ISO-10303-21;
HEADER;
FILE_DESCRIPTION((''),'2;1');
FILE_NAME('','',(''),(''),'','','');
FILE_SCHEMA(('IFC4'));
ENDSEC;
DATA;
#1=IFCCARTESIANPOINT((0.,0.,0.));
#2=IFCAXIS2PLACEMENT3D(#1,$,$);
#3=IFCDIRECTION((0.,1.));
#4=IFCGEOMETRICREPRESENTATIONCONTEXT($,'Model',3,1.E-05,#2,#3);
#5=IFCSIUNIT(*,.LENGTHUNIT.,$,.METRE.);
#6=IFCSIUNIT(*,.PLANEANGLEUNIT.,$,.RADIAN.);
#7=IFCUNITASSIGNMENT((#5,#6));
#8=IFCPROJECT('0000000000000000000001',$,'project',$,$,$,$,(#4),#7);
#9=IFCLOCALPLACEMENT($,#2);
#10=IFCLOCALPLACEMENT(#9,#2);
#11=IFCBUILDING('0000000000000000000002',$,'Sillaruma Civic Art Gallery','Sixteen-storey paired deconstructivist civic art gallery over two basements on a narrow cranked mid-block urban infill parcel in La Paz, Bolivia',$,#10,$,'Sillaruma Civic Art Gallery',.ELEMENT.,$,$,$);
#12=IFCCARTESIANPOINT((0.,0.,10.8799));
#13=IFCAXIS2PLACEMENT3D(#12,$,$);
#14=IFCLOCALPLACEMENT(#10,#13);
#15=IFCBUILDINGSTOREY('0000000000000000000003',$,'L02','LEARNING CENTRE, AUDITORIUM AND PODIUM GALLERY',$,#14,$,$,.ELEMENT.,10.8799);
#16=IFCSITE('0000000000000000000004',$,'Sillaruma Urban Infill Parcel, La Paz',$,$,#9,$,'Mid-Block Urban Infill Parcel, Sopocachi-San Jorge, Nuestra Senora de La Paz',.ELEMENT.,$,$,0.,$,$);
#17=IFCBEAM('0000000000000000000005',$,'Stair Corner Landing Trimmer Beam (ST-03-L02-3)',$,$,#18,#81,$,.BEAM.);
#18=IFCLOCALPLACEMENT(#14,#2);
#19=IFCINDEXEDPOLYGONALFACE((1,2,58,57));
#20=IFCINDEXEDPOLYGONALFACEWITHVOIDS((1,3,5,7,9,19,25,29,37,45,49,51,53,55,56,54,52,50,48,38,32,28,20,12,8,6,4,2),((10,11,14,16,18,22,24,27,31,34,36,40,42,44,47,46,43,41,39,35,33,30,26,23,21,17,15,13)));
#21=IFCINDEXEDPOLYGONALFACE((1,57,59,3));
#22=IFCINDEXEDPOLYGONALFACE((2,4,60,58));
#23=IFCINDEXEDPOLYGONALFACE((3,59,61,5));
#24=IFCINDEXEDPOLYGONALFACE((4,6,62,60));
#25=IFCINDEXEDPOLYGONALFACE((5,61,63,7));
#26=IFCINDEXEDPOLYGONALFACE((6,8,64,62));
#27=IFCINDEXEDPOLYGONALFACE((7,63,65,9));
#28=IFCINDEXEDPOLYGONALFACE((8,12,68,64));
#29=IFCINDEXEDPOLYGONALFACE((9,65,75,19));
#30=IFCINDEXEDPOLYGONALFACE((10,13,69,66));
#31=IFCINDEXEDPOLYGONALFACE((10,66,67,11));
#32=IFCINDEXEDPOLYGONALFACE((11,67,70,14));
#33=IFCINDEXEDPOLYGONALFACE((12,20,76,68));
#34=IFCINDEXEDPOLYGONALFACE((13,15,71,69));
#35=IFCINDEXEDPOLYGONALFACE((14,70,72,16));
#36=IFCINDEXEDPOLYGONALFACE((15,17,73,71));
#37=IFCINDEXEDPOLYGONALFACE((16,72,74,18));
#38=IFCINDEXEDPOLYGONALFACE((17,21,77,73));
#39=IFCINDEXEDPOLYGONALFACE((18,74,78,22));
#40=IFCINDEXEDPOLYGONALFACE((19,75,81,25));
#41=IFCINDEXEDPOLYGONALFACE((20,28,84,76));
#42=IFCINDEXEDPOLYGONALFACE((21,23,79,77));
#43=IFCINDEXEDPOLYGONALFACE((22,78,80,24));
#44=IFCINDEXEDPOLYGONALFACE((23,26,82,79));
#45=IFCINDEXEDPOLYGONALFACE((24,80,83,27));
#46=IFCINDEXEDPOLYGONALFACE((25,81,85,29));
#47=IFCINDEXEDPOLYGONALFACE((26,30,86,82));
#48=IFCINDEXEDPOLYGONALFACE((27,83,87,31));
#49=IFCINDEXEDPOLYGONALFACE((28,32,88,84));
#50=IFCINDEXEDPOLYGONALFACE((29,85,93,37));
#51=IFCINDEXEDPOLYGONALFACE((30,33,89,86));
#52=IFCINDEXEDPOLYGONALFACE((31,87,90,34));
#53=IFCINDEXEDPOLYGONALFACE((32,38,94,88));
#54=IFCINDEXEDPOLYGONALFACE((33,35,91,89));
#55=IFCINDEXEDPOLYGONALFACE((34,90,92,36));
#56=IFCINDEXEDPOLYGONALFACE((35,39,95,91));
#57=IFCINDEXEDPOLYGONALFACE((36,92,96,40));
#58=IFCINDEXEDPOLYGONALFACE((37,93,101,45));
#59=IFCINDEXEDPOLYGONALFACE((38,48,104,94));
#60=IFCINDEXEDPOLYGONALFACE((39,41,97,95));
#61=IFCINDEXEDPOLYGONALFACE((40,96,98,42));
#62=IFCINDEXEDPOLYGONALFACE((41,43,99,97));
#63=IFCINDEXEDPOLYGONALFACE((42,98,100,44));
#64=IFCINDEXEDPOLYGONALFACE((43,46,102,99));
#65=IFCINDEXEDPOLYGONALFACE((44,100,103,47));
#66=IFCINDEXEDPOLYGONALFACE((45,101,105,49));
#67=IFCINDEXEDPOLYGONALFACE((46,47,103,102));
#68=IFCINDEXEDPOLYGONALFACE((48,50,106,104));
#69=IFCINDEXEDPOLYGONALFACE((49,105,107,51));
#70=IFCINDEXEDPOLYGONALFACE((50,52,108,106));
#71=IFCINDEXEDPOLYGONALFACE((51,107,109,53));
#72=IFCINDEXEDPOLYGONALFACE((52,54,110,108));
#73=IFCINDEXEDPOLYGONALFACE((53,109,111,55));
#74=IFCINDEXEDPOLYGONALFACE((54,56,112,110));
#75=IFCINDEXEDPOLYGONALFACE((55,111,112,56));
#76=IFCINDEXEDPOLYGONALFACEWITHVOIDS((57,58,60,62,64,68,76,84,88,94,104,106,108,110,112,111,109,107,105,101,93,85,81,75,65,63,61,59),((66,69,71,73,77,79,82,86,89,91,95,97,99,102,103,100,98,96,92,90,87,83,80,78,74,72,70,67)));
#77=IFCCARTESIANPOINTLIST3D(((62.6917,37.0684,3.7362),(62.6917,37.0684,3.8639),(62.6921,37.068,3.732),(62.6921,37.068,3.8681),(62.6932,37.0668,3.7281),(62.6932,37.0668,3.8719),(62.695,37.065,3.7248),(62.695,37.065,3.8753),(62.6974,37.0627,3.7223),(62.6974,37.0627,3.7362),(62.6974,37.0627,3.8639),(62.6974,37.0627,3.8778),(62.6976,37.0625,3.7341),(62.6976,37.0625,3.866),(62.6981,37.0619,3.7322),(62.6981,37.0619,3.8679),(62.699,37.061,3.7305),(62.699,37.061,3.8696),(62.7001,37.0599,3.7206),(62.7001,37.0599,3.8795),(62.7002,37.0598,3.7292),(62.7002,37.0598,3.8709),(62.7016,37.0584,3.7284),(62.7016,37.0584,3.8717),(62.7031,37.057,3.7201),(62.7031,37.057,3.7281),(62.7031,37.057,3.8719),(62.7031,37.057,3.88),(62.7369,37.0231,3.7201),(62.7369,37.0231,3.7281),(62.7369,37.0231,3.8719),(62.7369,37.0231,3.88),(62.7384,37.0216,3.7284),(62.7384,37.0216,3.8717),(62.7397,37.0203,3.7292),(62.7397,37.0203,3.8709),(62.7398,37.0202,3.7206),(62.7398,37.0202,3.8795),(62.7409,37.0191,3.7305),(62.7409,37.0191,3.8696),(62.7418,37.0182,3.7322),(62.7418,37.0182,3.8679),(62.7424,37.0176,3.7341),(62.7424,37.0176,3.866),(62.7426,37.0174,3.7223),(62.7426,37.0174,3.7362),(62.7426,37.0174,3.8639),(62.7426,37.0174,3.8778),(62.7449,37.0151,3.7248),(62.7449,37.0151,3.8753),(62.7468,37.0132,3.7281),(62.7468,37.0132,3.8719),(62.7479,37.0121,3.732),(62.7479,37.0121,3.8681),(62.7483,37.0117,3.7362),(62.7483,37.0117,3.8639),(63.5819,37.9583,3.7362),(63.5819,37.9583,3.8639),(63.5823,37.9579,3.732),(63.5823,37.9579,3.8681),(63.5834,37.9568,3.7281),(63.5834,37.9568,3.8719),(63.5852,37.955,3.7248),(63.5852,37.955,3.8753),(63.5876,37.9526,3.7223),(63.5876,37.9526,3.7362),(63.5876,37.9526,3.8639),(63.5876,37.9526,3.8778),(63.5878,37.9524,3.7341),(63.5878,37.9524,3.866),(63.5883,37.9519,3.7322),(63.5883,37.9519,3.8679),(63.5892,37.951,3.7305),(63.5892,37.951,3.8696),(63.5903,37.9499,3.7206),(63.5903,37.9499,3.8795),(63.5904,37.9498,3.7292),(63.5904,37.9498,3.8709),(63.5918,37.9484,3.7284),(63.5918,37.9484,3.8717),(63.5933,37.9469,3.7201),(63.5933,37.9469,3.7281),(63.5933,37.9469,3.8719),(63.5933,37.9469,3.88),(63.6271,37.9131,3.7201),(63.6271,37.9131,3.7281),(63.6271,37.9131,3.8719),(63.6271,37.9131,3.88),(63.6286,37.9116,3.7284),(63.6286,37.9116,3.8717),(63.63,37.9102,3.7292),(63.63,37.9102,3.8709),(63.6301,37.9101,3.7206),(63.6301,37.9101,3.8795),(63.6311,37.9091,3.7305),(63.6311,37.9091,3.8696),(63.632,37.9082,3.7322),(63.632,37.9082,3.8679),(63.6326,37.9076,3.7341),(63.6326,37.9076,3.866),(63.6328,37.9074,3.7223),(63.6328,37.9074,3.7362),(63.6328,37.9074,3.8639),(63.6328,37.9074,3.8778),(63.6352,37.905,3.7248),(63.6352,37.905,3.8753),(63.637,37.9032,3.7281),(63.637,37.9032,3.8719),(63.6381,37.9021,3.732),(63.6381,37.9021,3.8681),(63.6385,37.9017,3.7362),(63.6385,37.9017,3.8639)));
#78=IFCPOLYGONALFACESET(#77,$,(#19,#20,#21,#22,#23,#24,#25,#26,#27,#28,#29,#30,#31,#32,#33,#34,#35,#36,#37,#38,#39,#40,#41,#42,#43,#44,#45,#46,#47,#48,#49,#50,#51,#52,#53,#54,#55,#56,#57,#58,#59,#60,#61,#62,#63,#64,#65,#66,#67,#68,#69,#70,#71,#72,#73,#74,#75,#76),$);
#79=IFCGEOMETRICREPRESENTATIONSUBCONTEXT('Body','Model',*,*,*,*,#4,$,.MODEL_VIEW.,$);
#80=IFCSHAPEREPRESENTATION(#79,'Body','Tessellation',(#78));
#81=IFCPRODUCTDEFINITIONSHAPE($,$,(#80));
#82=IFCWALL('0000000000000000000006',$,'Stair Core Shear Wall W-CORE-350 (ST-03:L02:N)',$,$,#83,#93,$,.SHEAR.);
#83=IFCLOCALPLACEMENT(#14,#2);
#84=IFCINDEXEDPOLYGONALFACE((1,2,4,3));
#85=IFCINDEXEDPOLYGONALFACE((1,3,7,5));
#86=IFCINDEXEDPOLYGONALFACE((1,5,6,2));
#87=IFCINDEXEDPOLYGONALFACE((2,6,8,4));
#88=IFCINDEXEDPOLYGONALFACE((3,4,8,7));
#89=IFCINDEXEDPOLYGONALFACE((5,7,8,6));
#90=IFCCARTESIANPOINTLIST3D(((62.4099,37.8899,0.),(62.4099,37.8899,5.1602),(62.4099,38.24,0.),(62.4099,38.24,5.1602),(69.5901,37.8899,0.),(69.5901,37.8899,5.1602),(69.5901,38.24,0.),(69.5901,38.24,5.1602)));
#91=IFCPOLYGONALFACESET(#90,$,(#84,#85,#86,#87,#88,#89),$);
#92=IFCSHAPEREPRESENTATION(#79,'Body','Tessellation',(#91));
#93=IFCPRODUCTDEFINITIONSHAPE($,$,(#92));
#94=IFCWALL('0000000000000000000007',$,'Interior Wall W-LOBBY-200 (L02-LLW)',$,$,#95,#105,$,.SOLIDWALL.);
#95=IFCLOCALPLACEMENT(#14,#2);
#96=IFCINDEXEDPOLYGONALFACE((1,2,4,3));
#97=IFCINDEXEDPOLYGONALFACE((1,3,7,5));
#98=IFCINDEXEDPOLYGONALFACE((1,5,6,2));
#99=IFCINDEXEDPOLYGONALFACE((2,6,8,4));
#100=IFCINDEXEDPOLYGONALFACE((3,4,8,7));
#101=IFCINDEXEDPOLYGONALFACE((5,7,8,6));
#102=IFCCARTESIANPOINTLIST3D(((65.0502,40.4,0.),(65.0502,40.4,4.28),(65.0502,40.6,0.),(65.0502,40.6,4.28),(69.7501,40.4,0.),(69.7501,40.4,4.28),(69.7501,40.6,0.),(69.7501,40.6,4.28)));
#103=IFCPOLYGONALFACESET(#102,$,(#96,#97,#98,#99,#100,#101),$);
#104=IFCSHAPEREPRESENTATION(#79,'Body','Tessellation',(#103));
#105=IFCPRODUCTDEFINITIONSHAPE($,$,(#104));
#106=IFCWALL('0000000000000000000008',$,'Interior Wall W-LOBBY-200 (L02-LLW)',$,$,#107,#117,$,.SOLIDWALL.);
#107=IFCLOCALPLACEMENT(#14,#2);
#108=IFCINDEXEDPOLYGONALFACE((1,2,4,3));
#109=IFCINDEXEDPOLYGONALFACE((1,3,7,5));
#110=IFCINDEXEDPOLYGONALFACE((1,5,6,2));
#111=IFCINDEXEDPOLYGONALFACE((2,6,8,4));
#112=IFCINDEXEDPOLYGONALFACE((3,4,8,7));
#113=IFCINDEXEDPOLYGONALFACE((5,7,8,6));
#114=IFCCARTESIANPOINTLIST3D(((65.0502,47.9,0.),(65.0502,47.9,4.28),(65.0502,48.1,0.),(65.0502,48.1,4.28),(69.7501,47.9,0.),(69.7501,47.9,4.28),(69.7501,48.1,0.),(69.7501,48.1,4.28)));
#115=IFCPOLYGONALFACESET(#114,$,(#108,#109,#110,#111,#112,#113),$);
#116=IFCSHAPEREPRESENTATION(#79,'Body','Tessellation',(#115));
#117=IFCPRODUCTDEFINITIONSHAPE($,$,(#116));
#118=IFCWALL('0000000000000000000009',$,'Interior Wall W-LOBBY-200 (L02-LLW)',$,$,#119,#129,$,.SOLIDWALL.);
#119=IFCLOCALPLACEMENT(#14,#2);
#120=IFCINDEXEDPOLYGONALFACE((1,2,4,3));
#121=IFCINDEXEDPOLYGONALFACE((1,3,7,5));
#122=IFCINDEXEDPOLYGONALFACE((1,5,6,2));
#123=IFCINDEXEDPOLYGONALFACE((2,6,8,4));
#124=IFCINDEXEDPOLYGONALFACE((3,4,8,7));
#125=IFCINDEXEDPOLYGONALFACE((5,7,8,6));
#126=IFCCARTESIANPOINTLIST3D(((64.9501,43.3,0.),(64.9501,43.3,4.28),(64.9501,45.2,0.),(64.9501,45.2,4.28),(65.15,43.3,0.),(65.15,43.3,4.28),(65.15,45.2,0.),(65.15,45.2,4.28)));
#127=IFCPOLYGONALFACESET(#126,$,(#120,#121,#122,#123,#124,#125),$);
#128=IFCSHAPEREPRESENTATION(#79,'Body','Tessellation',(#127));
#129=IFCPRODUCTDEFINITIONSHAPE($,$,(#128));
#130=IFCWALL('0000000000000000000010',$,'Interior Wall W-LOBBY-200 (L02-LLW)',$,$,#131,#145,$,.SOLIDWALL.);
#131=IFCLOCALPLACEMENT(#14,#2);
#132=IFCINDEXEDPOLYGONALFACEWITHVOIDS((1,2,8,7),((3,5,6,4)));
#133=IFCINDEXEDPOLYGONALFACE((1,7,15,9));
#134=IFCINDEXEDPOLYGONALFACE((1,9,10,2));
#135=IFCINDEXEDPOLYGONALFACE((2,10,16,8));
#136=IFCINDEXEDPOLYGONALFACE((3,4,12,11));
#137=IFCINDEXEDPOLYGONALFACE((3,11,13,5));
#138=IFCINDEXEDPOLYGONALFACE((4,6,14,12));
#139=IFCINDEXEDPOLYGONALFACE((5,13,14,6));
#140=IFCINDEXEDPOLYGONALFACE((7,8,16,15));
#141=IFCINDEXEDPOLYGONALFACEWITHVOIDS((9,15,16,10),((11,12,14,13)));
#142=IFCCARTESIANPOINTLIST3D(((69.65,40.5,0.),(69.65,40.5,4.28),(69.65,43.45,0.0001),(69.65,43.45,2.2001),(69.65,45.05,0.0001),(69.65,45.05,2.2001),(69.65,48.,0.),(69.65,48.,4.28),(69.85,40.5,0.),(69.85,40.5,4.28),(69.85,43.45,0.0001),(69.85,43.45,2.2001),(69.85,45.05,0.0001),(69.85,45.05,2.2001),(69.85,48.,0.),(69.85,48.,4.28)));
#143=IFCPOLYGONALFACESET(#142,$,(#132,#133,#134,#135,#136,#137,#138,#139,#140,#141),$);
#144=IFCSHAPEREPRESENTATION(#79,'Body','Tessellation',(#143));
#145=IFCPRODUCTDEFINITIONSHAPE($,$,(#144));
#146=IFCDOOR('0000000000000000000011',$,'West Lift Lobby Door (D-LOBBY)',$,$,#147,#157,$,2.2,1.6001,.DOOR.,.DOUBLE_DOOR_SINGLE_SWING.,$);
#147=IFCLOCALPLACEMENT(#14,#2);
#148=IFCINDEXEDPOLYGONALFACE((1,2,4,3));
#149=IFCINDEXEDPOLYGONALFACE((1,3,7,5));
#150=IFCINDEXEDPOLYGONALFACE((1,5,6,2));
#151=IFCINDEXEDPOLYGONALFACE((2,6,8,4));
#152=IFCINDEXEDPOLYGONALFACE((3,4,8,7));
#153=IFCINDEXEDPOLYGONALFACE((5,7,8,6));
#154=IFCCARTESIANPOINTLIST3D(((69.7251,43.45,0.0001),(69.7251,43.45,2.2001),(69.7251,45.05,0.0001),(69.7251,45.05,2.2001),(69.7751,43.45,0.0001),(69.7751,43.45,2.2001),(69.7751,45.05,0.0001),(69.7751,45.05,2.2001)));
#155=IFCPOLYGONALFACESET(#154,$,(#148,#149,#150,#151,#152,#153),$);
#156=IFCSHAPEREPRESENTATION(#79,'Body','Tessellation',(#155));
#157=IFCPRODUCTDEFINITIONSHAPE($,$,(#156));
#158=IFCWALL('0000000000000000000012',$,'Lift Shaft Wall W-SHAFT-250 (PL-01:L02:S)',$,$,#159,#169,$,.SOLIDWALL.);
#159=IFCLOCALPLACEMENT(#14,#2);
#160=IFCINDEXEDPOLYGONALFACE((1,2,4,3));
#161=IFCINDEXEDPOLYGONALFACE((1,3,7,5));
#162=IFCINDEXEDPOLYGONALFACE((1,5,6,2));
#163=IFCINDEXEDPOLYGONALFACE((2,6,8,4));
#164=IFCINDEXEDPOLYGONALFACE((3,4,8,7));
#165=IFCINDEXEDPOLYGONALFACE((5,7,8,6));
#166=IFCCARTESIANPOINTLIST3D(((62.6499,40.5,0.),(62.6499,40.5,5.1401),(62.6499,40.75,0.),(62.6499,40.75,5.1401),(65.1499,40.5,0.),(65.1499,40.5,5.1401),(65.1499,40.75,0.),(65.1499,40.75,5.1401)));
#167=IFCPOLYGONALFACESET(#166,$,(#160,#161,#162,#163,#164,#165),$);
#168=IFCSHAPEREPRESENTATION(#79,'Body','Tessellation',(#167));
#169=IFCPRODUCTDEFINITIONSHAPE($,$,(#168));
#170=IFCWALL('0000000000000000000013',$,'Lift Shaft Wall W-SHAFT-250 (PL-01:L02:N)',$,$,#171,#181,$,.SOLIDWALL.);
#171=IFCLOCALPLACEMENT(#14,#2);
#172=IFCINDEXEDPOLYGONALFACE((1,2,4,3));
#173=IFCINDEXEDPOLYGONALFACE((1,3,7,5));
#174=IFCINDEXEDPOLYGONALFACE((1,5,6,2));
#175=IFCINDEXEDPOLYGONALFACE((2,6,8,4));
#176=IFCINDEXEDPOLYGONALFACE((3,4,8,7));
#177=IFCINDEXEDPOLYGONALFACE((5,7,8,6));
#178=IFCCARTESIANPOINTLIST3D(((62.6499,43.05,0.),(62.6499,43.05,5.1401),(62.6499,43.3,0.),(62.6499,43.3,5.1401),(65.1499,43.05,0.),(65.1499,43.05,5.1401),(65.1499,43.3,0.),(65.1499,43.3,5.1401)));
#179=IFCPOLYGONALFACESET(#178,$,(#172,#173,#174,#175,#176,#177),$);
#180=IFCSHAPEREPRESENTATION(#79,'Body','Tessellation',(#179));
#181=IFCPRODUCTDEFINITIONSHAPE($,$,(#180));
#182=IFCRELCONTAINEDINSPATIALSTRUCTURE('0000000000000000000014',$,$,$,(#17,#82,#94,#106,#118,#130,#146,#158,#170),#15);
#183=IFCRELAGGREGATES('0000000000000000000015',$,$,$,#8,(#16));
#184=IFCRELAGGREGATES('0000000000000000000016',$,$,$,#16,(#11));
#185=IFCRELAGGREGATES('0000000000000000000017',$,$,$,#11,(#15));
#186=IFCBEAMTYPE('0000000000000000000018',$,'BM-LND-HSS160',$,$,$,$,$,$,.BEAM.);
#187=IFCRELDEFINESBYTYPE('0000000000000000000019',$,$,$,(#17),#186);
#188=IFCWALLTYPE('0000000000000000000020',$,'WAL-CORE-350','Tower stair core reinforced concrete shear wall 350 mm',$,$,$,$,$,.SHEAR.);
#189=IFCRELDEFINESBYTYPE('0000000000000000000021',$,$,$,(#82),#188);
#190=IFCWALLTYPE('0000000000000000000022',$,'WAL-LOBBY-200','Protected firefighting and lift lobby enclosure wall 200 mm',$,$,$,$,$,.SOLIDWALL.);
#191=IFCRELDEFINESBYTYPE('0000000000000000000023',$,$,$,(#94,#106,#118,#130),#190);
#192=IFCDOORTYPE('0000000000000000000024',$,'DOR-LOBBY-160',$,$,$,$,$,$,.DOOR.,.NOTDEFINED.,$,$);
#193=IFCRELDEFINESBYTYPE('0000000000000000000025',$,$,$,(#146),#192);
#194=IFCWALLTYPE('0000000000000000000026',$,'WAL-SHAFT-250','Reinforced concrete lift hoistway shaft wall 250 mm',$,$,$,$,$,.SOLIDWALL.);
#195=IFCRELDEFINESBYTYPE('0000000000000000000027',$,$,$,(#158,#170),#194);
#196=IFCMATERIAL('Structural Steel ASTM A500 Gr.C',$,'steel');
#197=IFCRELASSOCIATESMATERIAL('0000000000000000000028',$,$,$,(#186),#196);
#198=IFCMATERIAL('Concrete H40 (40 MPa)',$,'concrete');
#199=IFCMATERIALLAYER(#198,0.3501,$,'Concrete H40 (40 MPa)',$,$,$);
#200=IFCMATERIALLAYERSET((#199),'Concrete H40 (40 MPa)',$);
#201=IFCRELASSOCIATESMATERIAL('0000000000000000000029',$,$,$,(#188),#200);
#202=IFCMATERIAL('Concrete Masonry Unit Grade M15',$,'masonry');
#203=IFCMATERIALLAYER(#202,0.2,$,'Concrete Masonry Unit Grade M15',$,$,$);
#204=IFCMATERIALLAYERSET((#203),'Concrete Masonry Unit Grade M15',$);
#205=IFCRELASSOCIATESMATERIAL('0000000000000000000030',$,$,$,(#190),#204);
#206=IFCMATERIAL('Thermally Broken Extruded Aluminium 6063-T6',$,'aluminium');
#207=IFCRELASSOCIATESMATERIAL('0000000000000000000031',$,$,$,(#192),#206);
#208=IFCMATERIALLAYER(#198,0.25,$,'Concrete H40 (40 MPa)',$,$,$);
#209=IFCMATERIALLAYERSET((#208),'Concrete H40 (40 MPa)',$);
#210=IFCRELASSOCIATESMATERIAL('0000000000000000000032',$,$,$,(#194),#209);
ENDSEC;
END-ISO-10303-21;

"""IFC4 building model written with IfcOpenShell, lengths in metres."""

from ifc_helpers import new_model, si_unit, direction, frame, frame_2d, origin, origin_2d, place, context, subcontext, project, spatial, rectangle, hollow_rectangle, extrude, material, layer, layer_set, material_profile, profile_set, type_object, element, fill, save


model = new_model("IFC4")

# Units and contexts
model_context = context("Model", 3, precision=1e-05, world=origin(), true_north=direction((0.0, 1.0)))
body_context = subcontext(model_context, "Body", "Model", "MODEL_VIEW")
ifc_project = project(units=[si_unit("LENGTHUNIT", "METRE"), si_unit("PLANEANGLEUNIT", "RADIAN")], contexts=[model_context])

# Site, building, storey
site_placement = place(None, origin())
site = spatial("IfcSite", under=ifc_project, at=site_placement, Name="Sillaruma Urban Infill Parcel, La Paz", LongName="Mid-Block Urban Infill Parcel, Sopocachi-San Jorge, Nuestra Senora de La Paz", CompositionType="ELEMENT", RefElevation=0.0)
building_placement = place(site_placement, origin())
building = spatial("IfcBuilding", under=site, at=building_placement, Name="Sillaruma Civic Art Gallery", Description="Sixteen-storey paired deconstructivist civic art gallery over two basements on a narrow cranked mid-block urban infill parcel in La Paz, Bolivia", LongName="Sillaruma Civic Art Gallery", CompositionType="ELEMENT")
storey_placement = place(building_placement, frame((0.0, 0.0, 10.8799)))
storey = spatial("IfcBuildingStorey", under=building, at=storey_placement, Name="L02", Description="LEARNING CENTRE, AUDITORIUM AND PODIUM GALLERY", CompositionType="ELEMENT", Elevation=10.8799)

# Shared definitions
ifc_material_1 = material(Name="Concrete H40 (40 MPa)", Category="concrete")

# Beam
ifc_material_2 = material(Name="Structural Steel ASTM A500 Gr.C", Category="steel")
ifc_material_profile_1 = material_profile(ifc_material_2, hollow_rectangle(XDim=0.0801, YDim=0.1599, WallThickness=0.0081, InnerFilletRadius=0.0081, OuterFilletRadius=0.0161, at=origin_2d()), Name="HSS160x80x8")
ifc_profile_set_1 = profile_set([ifc_material_profile_1], Name="Structural Steel ASTM A500 Gr.C")
beam_type_1 = type_object("IfcBeamType", Name="BM-LND-HSS160", PredefinedType="BEAM", material=ifc_profile_set_1)
for number, where, z_axis, x_axis, name in (
    (1, (62.72, 37.04, 3.8), (0.707204, 0.70701, 0.0), (-0.70701, 0.707204, 0.0), "Stair Corner Landing Trimmer Beam (ST-03-L02-3)"),
):
    element("IfcBeam", number, at=place(storey_placement, frame(where, z_axis=z_axis, x_axis=x_axis)), inside=storey, type_object=beam_type_1, Name=name, PredefinedType="BEAM", context=body_context, shape_type="SweptSolid", body=[
        extrude(hollow_rectangle(XDim=0.0801, YDim=0.1599, WallThickness=0.0081, InnerFilletRadius=0.0081, OuterFilletRadius=0.0161, at=origin_2d()), origin(), (0.0, 0.0, 1.0), 1.2588),
    ])

# Walls
ifc_layer_1 = layer(ifc_material_1, 0.3501, Name="Concrete H40 (40 MPa)")
ifc_layer_set_1 = layer_set([ifc_layer_1], Name="Concrete H40 (40 MPa)")
wall_type_1 = type_object("IfcWallType", Name="WAL-CORE-350", Description="Tower stair core reinforced concrete shear wall 350 mm", PredefinedType="SHEAR", material=ifc_layer_set_1)
wall_1_placement = place(storey_placement, frame((62.4099, 38.0649, 0.0), z_axis=(0.0, 0.0, 1.0), x_axis=(1.0, 0.0, 0.0)))
element("IfcWall", 2, at=wall_1_placement, inside=storey, type_object=wall_type_1, Name="Stair Core Shear Wall W-CORE-350 (ST-03:L02:N)", PredefinedType="SHEAR", context=body_context, shape_type="SweptSolid", body=[
    extrude(rectangle(XDim=7.1802, YDim=0.3501, at=frame_2d((3.5901, 0.0))), origin(), (0.0, 0.0, 1.0), 5.1602),
])
ifc_material_3 = material(Name="Concrete Masonry Unit Grade M15", Category="masonry")
ifc_layer_2 = layer(ifc_material_3, 0.2, Name="Concrete Masonry Unit Grade M15")
ifc_layer_set_2 = layer_set([ifc_layer_2], Name="Concrete Masonry Unit Grade M15")
wall_type_2 = type_object("IfcWallType", Name="WAL-LOBBY-200", Description="Protected firefighting and lift lobby enclosure wall 200 mm", PredefinedType="SOLIDWALL", material=ifc_layer_set_2)
for number, where, z_axis, x_axis, name in (
    (3, (65.05, 40.5, 0.0), (0.0, 0.0, 1.0), (1.0, 0.0, 0.0), "Interior Wall W-LOBBY-200 (L02-LLW)"),
    (4, (65.05, 48.0, 0.0), (0.0, 0.0, 1.0), (1.0, 0.0, 0.0), "Interior Wall W-LOBBY-200 (L02-LLW)"),
):
    element("IfcWall", number, at=place(storey_placement, frame(where, z_axis=z_axis, x_axis=x_axis)), inside=storey, type_object=wall_type_2, Name=name, PredefinedType="SOLIDWALL", context=body_context, shape_type="SweptSolid", body=[
        extrude(rectangle(XDim=4.7, YDim=0.2, at=frame_2d((2.3501, 0.0))), origin(), (0.0, 0.0, 1.0), 4.28),
    ])
wall_2_placement = place(storey_placement, frame((65.05, 43.3, 0.0), z_axis=(0.0, 0.0, 1.0), x_axis=(0.0, 1.0, 0.0)))
element("IfcWall", 5, at=wall_2_placement, inside=storey, type_object=wall_type_2, Name="Interior Wall W-LOBBY-200 (L02-LLW)", PredefinedType="SOLIDWALL", context=body_context, shape_type="SweptSolid", body=[
    extrude(rectangle(XDim=1.8999, YDim=0.2, at=frame_2d((0.95, 0.0))), origin(), (0.0, 0.0, 1.0), 4.28),
])

# Wall, opening, door
wall_3_placement = place(storey_placement, frame((69.75, 40.5, 0.0), z_axis=(0.0, 0.0, 1.0), x_axis=(0.0, 1.0, 0.0)))
wall_3 = element("IfcWall", 6, at=wall_3_placement, inside=storey, type_object=wall_type_2, Name="Interior Wall W-LOBBY-200 (L02-LLW)", PredefinedType="SOLIDWALL", context=body_context, shape_type="SweptSolid", body=[
    extrude(rectangle(XDim=7.5, YDim=0.2, at=frame_2d((3.75, 0.0))), origin(), (0.0, 0.0, 1.0), 4.28),
])
opening_1_placement = place(wall_3_placement, frame((2.95, 0.0, 0.0)))
opening_1 = element("IfcOpeningElement", 7, at=opening_1_placement, cuts=wall_3, PredefinedType="OPENING", context=body_context, shape_type="SweptSolid", body=[
    extrude(rectangle(XDim=1.6001, YDim=2.2, at=frame_2d((0.8, 1.1001))), frame((0.0, 0.1099, 0.0), z_axis=(0.0, -1.0, 0.0), x_axis=(1.0, 0.0, 0.0)), (0.0, 0.0, 1.0), 0.22),
])
ifc_material_4 = material(Name="Thermally Broken Extruded Aluminium 6063-T6", Category="aluminium")
door_type_1 = type_object("IfcDoorType", Name="DOR-LOBBY-160", OperationType="NOTDEFINED", PredefinedType="DOOR", material=ifc_material_4)
door_1_placement = place(opening_1_placement, origin())
door_1 = element("IfcDoor", 8, at=door_1_placement, inside=storey, type_object=door_type_1, Name="West Lift Lobby Door (D-LOBBY)", OperationType="DOUBLE_DOOR_SINGLE_SWING", OverallHeight=2.2, OverallWidth=1.6001, PredefinedType="DOOR", context=body_context, shape_type="SweptSolid", body=[
    extrude(rectangle(XDim=1.6001, YDim=2.2, at=frame_2d((0.8, 1.1001))), frame((0.0, 0.0249, 0.0), z_axis=(0.0, -1.0, 0.0), x_axis=(1.0, 0.0, 0.0)), (0.0, 0.0, 1.0), 0.05),
])
fill(opening_1, door_1)

# Walls
ifc_layer_3 = layer(ifc_material_1, 0.25, Name="Concrete H40 (40 MPa)")
ifc_layer_set_3 = layer_set([ifc_layer_3], Name="Concrete H40 (40 MPa)")
wall_type_3 = type_object("IfcWallType", Name="WAL-SHAFT-250", Description="Reinforced concrete lift hoistway shaft wall 250 mm", PredefinedType="SOLIDWALL", material=ifc_layer_set_3)
for number, where, z_axis, x_axis, name in (
    (9, (62.6499, 40.625, 0.0), (0.0, 0.0, 1.0), (1.0, 0.0, 0.0), "Lift Shaft Wall W-SHAFT-250 (PL-01:L02:S)"),
    (10, (62.6499, 43.175, 0.0), (0.0, 0.0, 1.0), (1.0, 0.0, 0.0), "Lift Shaft Wall W-SHAFT-250 (PL-01:L02:N)"),
):
    element("IfcWall", number, at=place(storey_placement, frame(where, z_axis=z_axis, x_axis=x_axis)), inside=storey, type_object=wall_type_3, Name=name, PredefinedType="SOLIDWALL", context=body_context, shape_type="SweptSolid", body=[
        extrude(rectangle(XDim=2.5, YDim=0.25, at=frame_2d((1.25, 0.0))), origin(), (0.0, 0.0, 1.0), 5.1401),
    ])

save(model, "model.ifc")
